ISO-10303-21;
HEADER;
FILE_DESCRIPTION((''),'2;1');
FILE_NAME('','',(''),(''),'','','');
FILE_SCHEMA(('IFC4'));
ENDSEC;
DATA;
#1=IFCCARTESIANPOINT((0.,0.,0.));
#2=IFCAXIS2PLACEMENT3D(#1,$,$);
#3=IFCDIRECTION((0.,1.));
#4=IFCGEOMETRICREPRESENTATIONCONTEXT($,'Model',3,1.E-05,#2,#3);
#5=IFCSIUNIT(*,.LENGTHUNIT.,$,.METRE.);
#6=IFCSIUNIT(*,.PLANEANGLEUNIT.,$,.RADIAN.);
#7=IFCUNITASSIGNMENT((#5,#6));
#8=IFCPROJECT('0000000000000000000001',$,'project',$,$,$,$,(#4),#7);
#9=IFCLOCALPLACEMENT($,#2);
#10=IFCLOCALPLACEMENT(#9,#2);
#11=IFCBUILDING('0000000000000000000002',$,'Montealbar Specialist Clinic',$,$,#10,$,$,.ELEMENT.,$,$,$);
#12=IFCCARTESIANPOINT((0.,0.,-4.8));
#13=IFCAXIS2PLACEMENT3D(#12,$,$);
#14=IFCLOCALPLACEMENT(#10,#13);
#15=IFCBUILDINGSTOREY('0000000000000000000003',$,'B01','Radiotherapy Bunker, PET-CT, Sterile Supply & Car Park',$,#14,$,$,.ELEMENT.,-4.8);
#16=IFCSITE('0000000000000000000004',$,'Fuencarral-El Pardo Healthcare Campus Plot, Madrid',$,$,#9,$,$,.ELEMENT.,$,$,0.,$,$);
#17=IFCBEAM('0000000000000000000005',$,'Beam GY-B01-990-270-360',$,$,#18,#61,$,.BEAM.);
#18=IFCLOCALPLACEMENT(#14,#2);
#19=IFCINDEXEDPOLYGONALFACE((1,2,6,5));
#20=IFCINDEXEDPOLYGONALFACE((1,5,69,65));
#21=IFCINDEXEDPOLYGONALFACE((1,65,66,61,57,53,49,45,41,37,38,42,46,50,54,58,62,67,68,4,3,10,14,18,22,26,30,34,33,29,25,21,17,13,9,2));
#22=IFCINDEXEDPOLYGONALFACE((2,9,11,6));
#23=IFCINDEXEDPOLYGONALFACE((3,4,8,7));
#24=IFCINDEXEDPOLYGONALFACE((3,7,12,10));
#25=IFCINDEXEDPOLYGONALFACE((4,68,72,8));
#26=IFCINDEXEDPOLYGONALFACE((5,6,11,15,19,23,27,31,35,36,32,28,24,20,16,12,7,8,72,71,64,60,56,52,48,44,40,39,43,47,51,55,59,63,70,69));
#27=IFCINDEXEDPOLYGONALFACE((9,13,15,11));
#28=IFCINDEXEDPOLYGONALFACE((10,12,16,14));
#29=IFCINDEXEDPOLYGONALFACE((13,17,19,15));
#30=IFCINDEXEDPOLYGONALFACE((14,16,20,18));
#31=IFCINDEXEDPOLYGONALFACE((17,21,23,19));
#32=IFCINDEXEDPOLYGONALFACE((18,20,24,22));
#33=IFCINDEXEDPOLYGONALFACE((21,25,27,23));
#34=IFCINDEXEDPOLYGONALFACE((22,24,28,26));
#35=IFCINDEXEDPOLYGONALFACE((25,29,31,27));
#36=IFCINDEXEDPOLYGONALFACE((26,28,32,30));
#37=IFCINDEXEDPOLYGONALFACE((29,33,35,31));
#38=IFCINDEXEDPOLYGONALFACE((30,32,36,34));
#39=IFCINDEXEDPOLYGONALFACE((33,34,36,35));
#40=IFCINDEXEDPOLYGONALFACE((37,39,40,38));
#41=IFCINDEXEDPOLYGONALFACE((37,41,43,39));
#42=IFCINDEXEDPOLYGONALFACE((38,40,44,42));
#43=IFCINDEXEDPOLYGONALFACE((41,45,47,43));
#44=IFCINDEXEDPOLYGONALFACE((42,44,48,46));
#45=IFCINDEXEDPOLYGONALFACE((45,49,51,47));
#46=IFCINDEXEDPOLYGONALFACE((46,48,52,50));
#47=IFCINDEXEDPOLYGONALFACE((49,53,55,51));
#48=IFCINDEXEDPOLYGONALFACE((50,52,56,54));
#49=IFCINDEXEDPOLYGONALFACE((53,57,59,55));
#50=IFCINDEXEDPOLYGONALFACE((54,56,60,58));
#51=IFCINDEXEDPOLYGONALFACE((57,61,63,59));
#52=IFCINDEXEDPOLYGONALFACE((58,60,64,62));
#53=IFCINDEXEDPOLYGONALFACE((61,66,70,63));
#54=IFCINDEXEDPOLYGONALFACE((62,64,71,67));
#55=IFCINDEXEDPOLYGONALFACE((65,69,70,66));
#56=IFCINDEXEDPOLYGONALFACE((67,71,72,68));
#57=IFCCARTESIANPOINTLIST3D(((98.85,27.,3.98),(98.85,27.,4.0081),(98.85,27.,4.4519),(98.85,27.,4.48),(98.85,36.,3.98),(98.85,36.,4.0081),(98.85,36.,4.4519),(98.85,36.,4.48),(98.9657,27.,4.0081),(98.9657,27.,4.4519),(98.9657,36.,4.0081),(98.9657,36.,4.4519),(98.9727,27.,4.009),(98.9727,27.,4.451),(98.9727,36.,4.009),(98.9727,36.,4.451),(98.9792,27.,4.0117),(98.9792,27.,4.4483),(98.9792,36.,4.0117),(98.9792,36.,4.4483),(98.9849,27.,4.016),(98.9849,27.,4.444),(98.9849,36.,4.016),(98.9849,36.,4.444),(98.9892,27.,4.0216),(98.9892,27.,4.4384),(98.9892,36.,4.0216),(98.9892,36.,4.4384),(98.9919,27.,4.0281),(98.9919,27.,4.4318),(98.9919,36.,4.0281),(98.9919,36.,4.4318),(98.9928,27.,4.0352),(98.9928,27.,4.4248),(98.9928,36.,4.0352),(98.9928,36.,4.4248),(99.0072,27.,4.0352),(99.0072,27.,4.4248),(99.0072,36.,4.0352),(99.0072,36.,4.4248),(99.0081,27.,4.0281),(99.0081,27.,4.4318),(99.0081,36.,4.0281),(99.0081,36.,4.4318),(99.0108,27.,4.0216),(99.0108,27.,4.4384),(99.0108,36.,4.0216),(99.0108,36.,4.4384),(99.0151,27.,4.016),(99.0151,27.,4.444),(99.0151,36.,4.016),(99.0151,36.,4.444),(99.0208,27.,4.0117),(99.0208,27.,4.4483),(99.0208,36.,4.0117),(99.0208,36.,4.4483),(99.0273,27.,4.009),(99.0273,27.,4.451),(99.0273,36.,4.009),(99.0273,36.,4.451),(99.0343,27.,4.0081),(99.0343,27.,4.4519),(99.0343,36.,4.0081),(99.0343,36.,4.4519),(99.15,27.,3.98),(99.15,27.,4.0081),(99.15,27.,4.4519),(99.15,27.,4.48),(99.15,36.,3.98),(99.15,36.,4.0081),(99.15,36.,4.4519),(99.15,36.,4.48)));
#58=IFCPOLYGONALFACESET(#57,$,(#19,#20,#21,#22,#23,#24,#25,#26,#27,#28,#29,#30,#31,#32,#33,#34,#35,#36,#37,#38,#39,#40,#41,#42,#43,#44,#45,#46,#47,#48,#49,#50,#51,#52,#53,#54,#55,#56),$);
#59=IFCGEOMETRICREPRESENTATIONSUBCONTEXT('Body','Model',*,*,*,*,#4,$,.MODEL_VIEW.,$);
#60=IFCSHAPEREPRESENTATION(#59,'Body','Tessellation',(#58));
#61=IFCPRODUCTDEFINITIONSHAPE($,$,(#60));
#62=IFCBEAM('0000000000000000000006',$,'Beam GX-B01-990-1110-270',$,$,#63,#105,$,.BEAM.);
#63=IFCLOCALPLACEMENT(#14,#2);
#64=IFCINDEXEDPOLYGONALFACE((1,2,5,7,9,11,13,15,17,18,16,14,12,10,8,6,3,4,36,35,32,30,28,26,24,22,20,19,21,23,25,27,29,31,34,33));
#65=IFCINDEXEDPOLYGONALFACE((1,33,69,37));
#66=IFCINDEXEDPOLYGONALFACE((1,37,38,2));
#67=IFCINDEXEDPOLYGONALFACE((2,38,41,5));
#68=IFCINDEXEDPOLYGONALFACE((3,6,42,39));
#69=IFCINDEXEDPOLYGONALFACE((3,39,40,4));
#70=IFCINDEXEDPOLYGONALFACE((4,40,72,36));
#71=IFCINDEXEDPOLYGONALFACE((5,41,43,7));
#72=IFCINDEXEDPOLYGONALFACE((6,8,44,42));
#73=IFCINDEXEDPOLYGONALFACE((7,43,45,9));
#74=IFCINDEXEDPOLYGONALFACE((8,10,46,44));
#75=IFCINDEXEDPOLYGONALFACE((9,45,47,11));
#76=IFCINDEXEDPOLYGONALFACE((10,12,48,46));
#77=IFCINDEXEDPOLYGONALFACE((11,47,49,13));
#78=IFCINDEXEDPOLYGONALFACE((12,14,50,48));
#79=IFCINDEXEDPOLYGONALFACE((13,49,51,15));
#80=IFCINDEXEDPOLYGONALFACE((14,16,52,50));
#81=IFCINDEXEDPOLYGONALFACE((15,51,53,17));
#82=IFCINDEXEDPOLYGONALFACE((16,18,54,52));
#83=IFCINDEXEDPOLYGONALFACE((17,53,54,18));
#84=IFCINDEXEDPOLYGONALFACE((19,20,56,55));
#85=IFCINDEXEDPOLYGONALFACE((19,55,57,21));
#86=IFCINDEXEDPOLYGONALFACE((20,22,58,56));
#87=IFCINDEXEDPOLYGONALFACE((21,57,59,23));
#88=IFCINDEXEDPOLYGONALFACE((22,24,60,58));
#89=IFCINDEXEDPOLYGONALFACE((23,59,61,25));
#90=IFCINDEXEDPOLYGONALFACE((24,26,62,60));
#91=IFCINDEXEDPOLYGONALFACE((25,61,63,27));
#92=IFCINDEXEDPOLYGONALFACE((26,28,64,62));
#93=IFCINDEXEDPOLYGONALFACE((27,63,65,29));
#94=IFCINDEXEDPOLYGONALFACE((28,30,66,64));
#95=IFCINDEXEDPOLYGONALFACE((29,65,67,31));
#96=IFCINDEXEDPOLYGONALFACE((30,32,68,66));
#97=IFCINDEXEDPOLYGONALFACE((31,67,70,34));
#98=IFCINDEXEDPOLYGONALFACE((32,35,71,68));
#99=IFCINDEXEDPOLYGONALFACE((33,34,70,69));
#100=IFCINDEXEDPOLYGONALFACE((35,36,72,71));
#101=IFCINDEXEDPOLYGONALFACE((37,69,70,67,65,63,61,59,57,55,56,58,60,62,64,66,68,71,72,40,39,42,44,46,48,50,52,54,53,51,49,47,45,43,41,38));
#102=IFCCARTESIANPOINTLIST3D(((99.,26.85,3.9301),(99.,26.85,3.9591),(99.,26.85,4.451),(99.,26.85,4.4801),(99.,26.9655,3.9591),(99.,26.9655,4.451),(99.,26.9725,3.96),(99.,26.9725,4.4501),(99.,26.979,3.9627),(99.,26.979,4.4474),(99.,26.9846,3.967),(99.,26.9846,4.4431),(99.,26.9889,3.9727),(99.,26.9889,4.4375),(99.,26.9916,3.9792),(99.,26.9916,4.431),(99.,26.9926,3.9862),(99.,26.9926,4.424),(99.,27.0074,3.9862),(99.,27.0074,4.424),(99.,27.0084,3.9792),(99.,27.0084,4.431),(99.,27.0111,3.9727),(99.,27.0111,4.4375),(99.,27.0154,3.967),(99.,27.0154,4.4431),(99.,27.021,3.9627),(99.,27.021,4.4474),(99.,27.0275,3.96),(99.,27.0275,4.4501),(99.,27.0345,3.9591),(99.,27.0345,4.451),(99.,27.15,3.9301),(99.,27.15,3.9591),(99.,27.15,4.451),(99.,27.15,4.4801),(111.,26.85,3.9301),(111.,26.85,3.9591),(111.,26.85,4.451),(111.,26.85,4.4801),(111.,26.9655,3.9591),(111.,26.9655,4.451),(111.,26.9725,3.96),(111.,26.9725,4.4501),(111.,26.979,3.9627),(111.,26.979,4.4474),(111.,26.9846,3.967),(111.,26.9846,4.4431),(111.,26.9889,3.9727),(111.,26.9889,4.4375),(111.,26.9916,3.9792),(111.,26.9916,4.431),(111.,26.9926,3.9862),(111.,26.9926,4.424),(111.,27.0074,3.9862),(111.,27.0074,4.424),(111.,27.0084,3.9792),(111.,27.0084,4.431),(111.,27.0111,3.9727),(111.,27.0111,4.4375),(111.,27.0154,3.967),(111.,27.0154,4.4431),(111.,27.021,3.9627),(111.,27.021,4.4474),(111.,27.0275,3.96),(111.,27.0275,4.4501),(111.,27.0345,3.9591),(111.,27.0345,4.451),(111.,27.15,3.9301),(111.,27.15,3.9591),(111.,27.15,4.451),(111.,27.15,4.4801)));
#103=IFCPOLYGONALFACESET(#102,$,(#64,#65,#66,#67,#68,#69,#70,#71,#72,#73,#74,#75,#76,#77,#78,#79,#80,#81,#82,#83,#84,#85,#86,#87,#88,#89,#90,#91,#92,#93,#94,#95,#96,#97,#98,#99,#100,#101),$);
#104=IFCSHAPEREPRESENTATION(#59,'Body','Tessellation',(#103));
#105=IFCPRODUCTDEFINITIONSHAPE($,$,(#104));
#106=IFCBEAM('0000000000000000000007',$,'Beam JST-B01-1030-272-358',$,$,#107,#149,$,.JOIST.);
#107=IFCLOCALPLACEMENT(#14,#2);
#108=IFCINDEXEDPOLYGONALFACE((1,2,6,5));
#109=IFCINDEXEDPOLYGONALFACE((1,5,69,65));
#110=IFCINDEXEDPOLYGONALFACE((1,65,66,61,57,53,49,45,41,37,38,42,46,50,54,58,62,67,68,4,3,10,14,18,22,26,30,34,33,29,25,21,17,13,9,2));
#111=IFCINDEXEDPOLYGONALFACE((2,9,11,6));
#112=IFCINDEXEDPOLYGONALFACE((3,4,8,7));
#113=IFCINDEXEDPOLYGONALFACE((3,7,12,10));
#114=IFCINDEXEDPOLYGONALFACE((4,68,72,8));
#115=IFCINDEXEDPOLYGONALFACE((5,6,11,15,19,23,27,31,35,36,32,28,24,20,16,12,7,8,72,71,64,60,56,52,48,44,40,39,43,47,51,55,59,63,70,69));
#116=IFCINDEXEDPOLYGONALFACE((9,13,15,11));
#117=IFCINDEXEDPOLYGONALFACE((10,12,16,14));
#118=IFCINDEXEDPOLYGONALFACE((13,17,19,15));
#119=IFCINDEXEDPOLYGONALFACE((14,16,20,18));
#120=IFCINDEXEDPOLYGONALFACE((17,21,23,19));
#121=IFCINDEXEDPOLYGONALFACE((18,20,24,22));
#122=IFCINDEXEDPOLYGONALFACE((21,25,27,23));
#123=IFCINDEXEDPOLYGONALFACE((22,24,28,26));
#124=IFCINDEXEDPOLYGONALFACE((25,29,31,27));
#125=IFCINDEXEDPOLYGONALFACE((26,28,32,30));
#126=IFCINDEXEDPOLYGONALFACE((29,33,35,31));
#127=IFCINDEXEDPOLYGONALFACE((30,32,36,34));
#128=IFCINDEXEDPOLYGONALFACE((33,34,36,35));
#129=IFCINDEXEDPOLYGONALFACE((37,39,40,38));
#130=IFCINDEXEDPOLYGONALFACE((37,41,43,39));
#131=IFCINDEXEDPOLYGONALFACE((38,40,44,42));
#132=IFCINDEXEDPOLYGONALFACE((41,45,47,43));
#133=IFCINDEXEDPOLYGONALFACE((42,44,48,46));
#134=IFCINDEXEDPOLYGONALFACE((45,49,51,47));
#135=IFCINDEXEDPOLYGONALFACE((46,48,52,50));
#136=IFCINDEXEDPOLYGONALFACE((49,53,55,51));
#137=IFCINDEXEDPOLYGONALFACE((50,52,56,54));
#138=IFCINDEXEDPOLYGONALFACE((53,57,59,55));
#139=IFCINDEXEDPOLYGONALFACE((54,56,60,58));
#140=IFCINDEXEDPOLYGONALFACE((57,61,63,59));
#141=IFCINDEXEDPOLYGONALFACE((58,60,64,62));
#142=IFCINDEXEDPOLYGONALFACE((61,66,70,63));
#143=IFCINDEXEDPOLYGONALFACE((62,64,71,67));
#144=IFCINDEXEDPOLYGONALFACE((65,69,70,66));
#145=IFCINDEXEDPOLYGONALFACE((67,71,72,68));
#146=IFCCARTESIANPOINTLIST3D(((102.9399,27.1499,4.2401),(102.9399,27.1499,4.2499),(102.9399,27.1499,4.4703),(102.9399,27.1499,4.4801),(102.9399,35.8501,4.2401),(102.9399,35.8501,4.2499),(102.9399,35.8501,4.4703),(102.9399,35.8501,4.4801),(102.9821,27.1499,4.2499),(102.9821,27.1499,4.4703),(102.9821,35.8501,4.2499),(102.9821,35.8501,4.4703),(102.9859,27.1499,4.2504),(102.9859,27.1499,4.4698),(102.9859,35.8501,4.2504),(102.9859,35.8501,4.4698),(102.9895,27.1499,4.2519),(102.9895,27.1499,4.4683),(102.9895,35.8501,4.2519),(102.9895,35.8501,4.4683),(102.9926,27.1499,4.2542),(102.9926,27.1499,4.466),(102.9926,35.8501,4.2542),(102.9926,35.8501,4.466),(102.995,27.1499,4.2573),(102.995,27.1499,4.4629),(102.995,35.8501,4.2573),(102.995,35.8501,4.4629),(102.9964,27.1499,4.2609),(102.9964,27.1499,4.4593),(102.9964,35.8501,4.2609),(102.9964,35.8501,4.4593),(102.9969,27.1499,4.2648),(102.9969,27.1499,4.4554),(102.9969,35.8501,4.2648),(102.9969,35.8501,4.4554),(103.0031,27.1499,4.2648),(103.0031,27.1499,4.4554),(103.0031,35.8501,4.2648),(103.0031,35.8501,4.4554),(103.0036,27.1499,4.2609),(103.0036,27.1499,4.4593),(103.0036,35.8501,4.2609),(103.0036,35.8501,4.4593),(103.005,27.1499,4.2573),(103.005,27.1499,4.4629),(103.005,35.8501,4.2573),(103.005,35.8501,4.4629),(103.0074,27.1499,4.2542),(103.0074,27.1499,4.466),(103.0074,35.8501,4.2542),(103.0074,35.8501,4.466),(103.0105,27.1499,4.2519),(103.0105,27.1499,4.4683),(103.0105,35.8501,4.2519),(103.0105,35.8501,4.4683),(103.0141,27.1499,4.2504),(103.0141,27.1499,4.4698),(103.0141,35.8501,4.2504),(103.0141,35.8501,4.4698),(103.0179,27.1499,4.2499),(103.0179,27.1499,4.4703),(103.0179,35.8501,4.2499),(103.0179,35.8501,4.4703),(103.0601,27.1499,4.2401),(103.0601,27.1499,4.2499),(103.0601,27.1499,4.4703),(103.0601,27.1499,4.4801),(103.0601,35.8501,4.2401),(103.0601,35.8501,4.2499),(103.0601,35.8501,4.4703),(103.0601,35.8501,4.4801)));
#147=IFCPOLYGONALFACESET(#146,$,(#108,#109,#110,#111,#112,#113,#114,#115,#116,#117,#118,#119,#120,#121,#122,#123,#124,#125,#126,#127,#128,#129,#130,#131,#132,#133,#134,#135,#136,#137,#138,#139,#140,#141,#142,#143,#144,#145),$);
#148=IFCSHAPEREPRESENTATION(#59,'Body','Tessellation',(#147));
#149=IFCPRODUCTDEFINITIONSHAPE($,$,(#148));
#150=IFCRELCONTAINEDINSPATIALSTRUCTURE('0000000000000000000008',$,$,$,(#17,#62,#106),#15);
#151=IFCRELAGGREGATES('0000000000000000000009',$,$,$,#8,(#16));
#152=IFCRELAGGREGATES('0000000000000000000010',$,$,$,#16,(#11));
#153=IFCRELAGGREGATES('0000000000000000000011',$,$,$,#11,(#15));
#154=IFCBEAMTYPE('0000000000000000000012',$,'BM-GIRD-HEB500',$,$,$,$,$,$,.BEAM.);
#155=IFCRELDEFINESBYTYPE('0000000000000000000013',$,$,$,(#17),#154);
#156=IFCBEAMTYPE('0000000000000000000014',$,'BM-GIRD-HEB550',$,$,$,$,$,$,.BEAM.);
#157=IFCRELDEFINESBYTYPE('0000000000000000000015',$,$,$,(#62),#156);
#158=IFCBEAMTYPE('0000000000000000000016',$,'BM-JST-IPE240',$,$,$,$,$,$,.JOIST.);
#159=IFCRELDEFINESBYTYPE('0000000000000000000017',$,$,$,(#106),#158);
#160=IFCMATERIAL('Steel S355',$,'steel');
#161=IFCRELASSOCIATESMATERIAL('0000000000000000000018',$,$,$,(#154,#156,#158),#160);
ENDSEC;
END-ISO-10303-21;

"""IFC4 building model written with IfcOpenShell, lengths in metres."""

from ifc_helpers import new_model, si_unit, direction, frame, origin, origin_2d, place, context, subcontext, project, spatial, i_section, extrude, material, material_profile, profile_set, type_object, element, save


model = new_model("IFC4")

# Units and contexts
model_context = context("Model", 3, precision=1e-05, world=origin(), true_north=direction((0.0, 1.0)))
body_context = subcontext(model_context, "Body", "Model", "MODEL_VIEW")
ifc_project = project(units=[si_unit("LENGTHUNIT", "METRE"), si_unit("PLANEANGLEUNIT", "RADIAN")], contexts=[model_context])

# Site, building, storey
site_placement = place(None, origin())
site = spatial("IfcSite", under=ifc_project, at=site_placement, Name="Fuencarral-El Pardo Healthcare Campus Plot, Madrid", CompositionType="ELEMENT", RefElevation=0.0)
building_placement = place(site_placement, origin())
building = spatial("IfcBuilding", under=site, at=building_placement, Name="Montealbar Specialist Clinic", CompositionType="ELEMENT")
storey_placement = place(building_placement, frame((0.0, 0.0, -4.8)))
storey = spatial("IfcBuildingStorey", under=building, at=storey_placement, Name="B01", Description="Radiotherapy Bunker, PET-CT, Sterile Supply & Car Park", CompositionType="ELEMENT", Elevation=-4.8)

# Shared definitions
ifc_material_1 = material(Name="Steel S355", Category="steel")

# Beams
ifc_material_profile_1 = material_profile(ifc_material_1, i_section(OverallWidth=0.3, OverallDepth=0.5, WebThickness=0.0144, FlangeThickness=0.0281, FilletRadius=0.0271, at=origin_2d()), Name="HEB 500", Category="steel")
ifc_profile_set_1 = profile_set([ifc_material_profile_1], Name="Steel S355")
beam_type_1 = type_object("IfcBeamType", Name="BM-GIRD-HEB500", PredefinedType="BEAM", material=ifc_profile_set_1)
beam_1_placement = place(storey_placement, frame((99.0, 27.0, 4.23), z_axis=(0.0, 1.0, 0.0), x_axis=(-1.0, 0.0, 0.0)))
element("IfcBeam", 1, at=beam_1_placement, inside=storey, type_object=beam_type_1, Name="Beam GY-B01-990-270-360", PredefinedType="BEAM", context=body_context, shape_type="SweptSolid", body=[
    extrude(i_section(OverallWidth=0.3, OverallDepth=0.5, WebThickness=0.0144, FlangeThickness=0.0281, FilletRadius=0.0271, at=origin_2d()), origin(), (0.0, 0.0, 1.0), 9.0),
])
ifc_material_profile_2 = material_profile(ifc_material_1, i_section(OverallWidth=0.3, OverallDepth=0.55, WebThickness=0.0149, FlangeThickness=0.0291, FilletRadius=0.0271, at=origin_2d()), Name="HEB 550", Category="steel")
ifc_profile_set_2 = profile_set([ifc_material_profile_2], Name="Steel S355")
beam_type_2 = type_object("IfcBeamType", Name="BM-GIRD-HEB550", PredefinedType="BEAM", material=ifc_profile_set_2)
beam_2_placement = place(storey_placement, frame((99.0, 27.0, 4.2051), z_axis=(1.0, 0.0, 0.0), x_axis=(0.0, 1.0, 0.0)))
element("IfcBeam", 2, at=beam_2_placement, inside=storey, type_object=beam_type_2, Name="Beam GX-B01-990-1110-270", PredefinedType="BEAM", context=body_context, shape_type="SweptSolid", body=[
    extrude(i_section(OverallWidth=0.3, OverallDepth=0.55, WebThickness=0.0149, FlangeThickness=0.0291, FilletRadius=0.0271, at=origin_2d()), origin(), (0.0, 0.0, 1.0), 12.0),
])
ifc_material_profile_3 = material_profile(ifc_material_1, i_section(OverallWidth=0.1201, OverallDepth=0.24, WebThickness=0.0061, FlangeThickness=0.0098, FilletRadius=0.0149, at=origin_2d()), Name="IPE 240", Category="steel")
ifc_profile_set_3 = profile_set([ifc_material_profile_3], Name="Steel S355")
beam_type_3 = type_object("IfcBeamType", Name="BM-JST-IPE240", PredefinedType="JOIST", material=ifc_profile_set_3)
beam_3_placement = place(storey_placement, frame((103.0, 27.1499, 4.3601), z_axis=(0.0, 1.0, 0.0), x_axis=(-1.0, 0.0, 0.0)))
element("IfcBeam", 3, at=beam_3_placement, inside=storey, type_object=beam_type_3, Name="Beam JST-B01-1030-272-358", PredefinedType="JOIST", context=body_context, shape_type="SweptSolid", body=[
    extrude(i_section(OverallWidth=0.1201, OverallDepth=0.24, WebThickness=0.0061, FlangeThickness=0.0098, FilletRadius=0.0149, at=origin_2d()), origin(), (0.0, 0.0, 1.0), 8.7002),
])

save(model, "model.ifc")
